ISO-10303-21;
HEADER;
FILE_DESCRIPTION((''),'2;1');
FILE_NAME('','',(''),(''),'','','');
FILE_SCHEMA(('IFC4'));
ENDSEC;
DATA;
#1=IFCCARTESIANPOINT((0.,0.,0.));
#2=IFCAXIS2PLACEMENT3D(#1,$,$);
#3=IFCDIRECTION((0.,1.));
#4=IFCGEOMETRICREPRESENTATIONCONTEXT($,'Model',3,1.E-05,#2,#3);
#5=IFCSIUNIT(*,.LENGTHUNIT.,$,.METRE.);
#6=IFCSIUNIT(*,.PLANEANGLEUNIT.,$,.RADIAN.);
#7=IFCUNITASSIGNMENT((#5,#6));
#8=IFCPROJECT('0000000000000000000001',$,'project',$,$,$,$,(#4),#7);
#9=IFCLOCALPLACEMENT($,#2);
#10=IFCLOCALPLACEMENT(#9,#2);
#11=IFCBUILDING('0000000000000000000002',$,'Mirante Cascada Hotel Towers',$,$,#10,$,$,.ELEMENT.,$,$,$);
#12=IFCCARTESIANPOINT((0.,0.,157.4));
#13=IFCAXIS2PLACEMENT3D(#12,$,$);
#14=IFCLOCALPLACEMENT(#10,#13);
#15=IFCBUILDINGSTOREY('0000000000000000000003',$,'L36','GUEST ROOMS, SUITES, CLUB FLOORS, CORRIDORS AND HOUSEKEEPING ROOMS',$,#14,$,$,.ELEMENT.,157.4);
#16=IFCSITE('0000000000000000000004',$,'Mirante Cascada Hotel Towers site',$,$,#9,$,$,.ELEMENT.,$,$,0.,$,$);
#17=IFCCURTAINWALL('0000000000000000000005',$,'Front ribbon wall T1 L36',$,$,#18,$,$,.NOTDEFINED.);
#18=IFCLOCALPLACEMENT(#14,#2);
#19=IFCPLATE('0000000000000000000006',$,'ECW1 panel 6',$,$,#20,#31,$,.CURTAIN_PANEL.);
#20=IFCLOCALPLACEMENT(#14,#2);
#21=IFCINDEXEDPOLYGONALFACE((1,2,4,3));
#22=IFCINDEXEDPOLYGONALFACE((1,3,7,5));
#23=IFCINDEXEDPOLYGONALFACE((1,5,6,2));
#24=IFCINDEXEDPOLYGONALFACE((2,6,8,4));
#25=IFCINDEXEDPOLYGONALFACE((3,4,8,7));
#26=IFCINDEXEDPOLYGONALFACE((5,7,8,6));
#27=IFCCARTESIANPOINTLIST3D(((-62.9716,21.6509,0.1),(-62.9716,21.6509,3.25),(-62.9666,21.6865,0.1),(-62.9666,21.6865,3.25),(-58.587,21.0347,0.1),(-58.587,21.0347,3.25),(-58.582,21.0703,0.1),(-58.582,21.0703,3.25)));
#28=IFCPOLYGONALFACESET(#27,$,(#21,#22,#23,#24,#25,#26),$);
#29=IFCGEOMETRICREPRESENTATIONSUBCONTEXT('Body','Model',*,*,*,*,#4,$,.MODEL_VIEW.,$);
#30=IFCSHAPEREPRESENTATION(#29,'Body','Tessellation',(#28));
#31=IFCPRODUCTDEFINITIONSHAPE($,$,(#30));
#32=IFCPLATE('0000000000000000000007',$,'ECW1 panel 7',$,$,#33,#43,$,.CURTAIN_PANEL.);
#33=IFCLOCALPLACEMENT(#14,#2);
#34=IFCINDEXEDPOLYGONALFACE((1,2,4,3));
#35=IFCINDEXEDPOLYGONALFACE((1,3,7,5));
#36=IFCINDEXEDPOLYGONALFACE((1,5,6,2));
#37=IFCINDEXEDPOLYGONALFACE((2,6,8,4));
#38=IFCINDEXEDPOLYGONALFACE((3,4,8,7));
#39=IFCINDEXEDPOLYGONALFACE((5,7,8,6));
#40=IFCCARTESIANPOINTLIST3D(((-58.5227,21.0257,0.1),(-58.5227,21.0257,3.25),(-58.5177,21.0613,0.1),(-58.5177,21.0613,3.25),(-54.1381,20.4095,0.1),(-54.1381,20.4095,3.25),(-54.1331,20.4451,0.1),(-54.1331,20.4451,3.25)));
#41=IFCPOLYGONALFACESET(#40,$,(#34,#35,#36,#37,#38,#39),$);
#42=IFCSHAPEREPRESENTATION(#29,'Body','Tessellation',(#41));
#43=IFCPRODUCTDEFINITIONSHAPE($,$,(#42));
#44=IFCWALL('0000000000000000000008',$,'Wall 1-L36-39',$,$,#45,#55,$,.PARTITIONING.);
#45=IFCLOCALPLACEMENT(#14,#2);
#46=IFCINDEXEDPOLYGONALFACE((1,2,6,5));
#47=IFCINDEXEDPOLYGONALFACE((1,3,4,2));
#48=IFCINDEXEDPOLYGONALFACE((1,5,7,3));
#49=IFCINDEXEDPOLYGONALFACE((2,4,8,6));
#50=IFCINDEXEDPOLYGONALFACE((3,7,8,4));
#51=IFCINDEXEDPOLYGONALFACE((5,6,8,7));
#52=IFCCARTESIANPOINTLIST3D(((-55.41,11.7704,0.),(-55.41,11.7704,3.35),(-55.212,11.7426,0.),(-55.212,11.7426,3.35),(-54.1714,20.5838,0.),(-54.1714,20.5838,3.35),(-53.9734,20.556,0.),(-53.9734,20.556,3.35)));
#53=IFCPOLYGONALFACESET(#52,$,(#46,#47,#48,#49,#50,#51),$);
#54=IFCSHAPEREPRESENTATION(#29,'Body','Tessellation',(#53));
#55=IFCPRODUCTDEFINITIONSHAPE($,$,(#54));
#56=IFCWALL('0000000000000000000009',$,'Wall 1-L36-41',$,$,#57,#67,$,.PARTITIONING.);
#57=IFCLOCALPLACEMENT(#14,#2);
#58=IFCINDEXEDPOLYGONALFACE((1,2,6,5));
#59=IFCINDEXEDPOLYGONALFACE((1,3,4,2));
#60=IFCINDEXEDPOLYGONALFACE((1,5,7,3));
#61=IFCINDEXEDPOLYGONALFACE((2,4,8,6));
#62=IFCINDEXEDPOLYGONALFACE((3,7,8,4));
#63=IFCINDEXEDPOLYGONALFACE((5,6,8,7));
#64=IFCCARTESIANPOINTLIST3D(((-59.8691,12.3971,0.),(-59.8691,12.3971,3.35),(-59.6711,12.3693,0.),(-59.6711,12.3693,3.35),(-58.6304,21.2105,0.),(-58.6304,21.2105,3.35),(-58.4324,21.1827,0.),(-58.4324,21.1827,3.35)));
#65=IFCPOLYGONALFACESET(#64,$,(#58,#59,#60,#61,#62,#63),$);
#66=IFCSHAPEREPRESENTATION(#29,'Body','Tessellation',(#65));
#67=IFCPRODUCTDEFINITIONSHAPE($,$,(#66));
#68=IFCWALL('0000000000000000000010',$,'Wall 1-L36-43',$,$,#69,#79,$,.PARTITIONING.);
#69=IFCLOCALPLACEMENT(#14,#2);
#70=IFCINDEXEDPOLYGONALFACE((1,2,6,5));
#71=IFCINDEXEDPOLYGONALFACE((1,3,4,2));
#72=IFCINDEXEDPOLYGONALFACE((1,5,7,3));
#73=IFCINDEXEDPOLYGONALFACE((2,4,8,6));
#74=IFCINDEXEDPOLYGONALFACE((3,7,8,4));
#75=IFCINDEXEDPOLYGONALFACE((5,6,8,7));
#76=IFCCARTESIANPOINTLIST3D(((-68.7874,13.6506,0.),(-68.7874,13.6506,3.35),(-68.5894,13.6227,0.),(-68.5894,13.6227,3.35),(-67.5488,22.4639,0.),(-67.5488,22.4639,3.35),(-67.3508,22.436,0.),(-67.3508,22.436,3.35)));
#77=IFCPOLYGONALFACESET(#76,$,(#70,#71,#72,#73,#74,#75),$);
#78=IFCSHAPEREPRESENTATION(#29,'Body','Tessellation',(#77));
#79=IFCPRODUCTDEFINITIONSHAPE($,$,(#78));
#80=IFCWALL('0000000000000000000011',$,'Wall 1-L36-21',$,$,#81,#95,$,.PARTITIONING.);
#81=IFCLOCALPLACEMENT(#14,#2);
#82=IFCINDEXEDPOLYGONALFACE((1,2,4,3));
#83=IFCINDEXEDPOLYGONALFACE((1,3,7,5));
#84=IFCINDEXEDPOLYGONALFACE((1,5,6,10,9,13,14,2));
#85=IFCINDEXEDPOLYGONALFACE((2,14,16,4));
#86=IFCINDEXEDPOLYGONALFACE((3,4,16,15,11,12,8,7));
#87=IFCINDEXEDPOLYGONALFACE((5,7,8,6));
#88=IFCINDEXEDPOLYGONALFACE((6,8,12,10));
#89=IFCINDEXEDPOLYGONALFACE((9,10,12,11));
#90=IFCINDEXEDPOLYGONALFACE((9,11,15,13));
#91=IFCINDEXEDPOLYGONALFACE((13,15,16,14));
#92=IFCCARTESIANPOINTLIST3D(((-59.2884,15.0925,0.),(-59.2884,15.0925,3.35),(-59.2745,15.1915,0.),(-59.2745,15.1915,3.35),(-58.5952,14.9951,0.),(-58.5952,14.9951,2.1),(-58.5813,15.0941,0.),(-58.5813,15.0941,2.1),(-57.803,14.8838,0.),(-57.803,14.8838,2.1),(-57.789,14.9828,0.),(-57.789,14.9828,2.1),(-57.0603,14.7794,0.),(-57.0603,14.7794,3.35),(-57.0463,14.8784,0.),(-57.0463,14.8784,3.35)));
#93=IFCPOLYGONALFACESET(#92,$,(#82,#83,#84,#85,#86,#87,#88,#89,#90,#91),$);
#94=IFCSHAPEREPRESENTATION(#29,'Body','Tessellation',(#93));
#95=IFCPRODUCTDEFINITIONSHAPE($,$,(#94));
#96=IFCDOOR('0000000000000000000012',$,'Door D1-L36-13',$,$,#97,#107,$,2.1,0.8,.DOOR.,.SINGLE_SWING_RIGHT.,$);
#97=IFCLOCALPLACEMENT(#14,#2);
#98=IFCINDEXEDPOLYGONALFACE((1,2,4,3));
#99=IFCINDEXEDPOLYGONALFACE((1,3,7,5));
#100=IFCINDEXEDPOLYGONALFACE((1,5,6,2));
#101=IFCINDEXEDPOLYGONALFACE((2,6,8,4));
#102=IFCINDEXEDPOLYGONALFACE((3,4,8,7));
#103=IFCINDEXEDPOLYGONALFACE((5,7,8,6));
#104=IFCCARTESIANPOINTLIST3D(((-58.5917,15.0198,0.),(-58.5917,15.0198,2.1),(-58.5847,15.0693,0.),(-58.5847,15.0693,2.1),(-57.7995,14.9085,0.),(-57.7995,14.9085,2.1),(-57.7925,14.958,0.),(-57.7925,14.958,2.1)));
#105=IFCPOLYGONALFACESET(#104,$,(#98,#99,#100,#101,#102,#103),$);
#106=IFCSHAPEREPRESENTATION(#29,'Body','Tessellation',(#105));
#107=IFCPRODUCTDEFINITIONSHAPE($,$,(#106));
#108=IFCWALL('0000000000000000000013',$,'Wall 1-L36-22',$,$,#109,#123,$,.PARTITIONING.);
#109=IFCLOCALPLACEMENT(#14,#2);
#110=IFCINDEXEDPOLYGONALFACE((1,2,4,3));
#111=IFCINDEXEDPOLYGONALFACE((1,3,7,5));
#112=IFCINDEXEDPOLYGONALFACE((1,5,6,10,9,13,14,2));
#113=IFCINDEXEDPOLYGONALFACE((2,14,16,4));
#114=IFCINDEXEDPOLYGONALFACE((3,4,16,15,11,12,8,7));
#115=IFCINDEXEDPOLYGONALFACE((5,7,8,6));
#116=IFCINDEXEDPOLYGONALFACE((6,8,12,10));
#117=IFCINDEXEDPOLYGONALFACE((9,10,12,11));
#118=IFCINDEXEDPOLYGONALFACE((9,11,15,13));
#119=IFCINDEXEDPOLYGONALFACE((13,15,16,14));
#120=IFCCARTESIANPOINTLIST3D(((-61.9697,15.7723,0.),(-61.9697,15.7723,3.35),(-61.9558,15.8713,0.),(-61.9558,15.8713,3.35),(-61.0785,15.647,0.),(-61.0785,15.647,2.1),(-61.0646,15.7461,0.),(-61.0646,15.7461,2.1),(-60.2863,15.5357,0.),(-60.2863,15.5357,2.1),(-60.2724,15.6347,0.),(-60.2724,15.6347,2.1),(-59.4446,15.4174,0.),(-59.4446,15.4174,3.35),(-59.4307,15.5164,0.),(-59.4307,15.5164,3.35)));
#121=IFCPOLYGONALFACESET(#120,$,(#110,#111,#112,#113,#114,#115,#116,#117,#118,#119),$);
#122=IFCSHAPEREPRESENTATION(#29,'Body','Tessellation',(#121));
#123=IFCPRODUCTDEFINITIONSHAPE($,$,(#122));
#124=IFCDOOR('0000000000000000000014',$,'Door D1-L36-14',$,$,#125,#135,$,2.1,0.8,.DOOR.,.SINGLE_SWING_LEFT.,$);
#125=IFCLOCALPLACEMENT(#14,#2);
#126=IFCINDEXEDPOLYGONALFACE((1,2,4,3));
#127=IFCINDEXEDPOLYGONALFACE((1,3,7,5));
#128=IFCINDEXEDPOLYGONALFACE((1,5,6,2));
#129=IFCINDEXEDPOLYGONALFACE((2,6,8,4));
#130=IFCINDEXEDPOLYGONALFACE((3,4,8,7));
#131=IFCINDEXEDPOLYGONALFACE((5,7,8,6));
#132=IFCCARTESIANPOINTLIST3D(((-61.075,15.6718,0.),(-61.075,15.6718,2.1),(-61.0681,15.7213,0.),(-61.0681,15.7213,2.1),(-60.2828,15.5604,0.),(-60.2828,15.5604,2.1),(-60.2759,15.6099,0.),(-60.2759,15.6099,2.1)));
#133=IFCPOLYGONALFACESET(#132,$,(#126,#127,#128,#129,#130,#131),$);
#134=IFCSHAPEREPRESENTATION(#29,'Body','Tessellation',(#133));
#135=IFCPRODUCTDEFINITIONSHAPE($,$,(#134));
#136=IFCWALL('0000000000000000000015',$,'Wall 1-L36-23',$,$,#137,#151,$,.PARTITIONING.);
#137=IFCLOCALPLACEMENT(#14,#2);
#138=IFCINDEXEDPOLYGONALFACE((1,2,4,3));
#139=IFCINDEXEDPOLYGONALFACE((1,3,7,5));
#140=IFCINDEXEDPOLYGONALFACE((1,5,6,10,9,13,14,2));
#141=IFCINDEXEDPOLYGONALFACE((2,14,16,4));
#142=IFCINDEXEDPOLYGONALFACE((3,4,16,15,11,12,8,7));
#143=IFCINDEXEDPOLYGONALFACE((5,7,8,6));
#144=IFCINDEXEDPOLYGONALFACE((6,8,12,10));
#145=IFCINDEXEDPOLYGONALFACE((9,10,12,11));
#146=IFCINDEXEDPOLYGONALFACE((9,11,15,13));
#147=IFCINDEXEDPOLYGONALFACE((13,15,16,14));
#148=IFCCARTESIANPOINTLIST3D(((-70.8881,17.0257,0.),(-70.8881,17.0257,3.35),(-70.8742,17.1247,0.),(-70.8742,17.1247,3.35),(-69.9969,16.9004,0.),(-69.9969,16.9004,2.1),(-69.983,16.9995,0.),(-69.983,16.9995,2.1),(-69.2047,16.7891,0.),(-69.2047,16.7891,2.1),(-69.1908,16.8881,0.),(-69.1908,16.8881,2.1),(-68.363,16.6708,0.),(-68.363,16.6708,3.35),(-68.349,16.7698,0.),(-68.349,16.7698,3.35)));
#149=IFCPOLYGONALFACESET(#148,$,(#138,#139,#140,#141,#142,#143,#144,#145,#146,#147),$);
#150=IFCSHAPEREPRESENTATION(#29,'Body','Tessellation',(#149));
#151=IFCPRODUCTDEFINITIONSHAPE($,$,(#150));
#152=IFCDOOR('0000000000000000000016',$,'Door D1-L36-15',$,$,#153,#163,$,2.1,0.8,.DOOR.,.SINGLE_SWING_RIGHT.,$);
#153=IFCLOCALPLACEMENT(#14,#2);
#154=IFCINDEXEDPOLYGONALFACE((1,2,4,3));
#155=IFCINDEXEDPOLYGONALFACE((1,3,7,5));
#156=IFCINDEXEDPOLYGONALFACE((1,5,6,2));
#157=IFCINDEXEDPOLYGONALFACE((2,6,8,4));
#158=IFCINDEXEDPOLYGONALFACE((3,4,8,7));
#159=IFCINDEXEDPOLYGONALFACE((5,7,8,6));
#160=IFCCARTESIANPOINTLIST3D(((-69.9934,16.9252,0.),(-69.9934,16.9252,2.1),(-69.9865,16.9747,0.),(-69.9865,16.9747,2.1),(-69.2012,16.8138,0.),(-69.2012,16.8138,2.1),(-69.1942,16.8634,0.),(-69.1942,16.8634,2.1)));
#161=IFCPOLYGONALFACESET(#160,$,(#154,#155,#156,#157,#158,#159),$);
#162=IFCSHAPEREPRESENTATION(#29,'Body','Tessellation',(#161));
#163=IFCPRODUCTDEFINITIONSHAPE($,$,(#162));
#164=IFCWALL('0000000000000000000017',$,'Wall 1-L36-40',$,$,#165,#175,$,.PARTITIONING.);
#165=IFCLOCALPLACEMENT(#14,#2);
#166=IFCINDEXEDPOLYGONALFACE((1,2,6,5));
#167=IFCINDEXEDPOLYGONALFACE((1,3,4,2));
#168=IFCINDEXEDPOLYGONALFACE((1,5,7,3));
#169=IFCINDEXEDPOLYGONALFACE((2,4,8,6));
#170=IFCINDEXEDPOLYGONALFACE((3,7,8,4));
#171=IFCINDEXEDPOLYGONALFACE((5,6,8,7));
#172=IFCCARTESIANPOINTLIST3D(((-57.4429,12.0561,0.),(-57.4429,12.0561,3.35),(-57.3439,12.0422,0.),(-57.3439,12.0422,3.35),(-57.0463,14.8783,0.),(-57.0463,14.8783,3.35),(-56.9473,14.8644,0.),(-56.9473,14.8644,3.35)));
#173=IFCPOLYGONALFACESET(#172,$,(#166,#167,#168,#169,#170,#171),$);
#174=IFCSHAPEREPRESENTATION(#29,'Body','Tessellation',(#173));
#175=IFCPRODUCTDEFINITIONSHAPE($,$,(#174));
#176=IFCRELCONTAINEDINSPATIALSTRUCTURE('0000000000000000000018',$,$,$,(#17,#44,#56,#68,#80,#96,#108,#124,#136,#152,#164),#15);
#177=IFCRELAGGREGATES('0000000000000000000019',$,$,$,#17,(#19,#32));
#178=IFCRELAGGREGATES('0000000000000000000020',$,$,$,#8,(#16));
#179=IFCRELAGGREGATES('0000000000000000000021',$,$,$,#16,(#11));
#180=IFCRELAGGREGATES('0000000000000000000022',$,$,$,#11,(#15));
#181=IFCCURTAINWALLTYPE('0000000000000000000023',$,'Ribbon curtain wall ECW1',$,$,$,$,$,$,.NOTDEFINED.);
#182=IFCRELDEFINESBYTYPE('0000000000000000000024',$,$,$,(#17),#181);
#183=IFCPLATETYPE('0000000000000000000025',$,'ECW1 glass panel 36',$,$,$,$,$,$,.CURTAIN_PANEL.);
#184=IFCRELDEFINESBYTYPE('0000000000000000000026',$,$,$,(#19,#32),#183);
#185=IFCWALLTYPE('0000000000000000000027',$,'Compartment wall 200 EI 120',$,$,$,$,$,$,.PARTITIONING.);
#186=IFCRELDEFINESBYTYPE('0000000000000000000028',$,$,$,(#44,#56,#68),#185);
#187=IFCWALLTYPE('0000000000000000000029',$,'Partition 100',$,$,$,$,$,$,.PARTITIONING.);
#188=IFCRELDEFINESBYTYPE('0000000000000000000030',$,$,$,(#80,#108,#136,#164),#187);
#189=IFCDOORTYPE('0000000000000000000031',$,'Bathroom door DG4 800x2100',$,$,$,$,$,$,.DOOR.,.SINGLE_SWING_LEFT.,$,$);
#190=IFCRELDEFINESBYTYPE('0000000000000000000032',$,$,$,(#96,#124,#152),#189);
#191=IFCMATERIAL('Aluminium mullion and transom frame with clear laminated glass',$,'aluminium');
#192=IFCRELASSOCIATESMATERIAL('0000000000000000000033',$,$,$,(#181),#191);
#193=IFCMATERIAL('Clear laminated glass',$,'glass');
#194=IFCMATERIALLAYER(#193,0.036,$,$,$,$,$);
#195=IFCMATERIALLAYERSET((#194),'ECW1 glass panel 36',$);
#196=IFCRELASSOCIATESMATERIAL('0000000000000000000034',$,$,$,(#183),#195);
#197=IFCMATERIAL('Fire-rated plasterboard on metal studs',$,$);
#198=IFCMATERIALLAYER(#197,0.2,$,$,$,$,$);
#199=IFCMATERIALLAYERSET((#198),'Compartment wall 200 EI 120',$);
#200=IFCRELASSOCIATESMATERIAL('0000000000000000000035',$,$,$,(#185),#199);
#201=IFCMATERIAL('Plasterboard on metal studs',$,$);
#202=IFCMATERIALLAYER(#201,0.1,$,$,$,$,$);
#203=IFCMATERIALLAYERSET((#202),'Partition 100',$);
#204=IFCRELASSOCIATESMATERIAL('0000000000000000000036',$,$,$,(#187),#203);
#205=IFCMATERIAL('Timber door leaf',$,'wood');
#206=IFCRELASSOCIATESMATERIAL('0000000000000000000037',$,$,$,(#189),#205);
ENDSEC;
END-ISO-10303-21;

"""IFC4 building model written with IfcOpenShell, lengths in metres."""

from ifc_helpers import new_model, si_unit, direction, frame, frame_2d, origin, origin_2d, place, context, subcontext, project, spatial, rectangle, extrude, material, layer, layer_set, type_object, element, fill, aggregate, save


model = new_model("IFC4")

# Units and contexts
model_context = context("Model", 3, precision=1e-05, world=origin(), true_north=direction((0.0, 1.0)))
body_context = subcontext(model_context, "Body", "Model", "MODEL_VIEW")
ifc_project = project(units=[si_unit("LENGTHUNIT", "METRE"), si_unit("PLANEANGLEUNIT", "RADIAN")], contexts=[model_context])

# Site, building, storey
site_placement = place(None, origin())
site = spatial("IfcSite", under=ifc_project, at=site_placement, Name="Mirante Cascada Hotel Towers site", CompositionType="ELEMENT", RefElevation=0.0)
building_placement = place(site_placement, origin())
building = spatial("IfcBuilding", under=site, at=building_placement, Name="Mirante Cascada Hotel Towers", CompositionType="ELEMENT")
storey_placement = place(building_placement, frame((0.0, 0.0, 157.4)))
storey = spatial("IfcBuildingStorey", under=building, at=storey_placement, Name="L36", Description="GUEST ROOMS, SUITES, CLUB FLOORS, CORRIDORS AND HOUSEKEEPING ROOMS", CompositionType="ELEMENT", Elevation=157.4)

# Curtain wall, plates
ifc_material_1 = material(Name="Aluminium mullion and transom frame with clear laminated glass", Category="aluminium")
curtain_wall_type = type_object("IfcCurtainWallType", Name="Ribbon curtain wall ECW1", PredefinedType="NOTDEFINED", material=ifc_material_1)
curtain_wall_placement = place(storey_placement, origin())
curtain_wall = element("IfcCurtainWall", 1, at=curtain_wall_placement, inside=storey, type_object=curtain_wall_type, Name="Front ribbon wall T1 L36", PredefinedType="NOTDEFINED")
ifc_material_2 = material(Name="Clear laminated glass", Category="glass")
ifc_layer_1 = layer(ifc_material_2, 0.036)
ifc_layer_set_1 = layer_set([ifc_layer_1], Name="ECW1 glass panel 36")
plate_type = type_object("IfcPlateType", Name="ECW1 glass panel 36", PredefinedType="CURTAIN_PANEL", material=ifc_layer_set_1)
plate_1_placement = place(storey_placement, frame((-60.7768, 21.3606, 0.1), z_axis=(0.0, 0.0, 1.0), x_axis=(0.990268, -0.139173, 0.0)))
plate_1 = element("IfcPlate", 2, at=plate_1_placement, type_object=plate_type, Name="ECW1 panel 6", PredefinedType="CURTAIN_PANEL", context=body_context, shape_type="SweptSolid", body=[
    extrude(rectangle(XDim=4.4276, YDim=0.036, at=origin_2d()), origin(), (0.0, 0.0, 1.0), 3.15),
])
plate_2_placement = place(storey_placement, frame((-56.3279, 20.7354, 0.1), z_axis=(0.0, 0.0, 1.0), x_axis=(0.990268, -0.139173, 0.0)))
plate_2 = element("IfcPlate", 3, at=plate_2_placement, type_object=plate_type, Name="ECW1 panel 7", PredefinedType="CURTAIN_PANEL", context=body_context, shape_type="SweptSolid", body=[
    extrude(rectangle(XDim=4.4276, YDim=0.036, at=origin_2d()), origin(), (0.0, 0.0, 1.0), 3.15),
])
aggregate(curtain_wall, [plate_1, plate_2])

# Walls
ifc_material_3 = material(Name="Fire-rated plasterboard on metal studs")
ifc_layer_2 = layer(ifc_material_3, 0.2)
ifc_layer_set_2 = layer_set([ifc_layer_2], Name="Compartment wall 200 EI 120")
wall_type_1 = type_object("IfcWallType", Name="Compartment wall 200 EI 120", PredefinedType="PARTITIONING", material=ifc_layer_set_2)
for number, where, z_axis, x_axis, name in (
    (4, (-55.311, 11.7565, 0.0), (0.0, 0.0, 1.0), (0.139168, 0.990269, 0.0), "Wall 1-L36-39"),
    (5, (-59.7701, 12.3832, 0.0), (0.0, 0.0, 1.0), (0.139179, 0.990267, 0.0), "Wall 1-L36-41"),
):
    element("IfcWall", number, at=place(storey_placement, frame(where, z_axis=z_axis, x_axis=x_axis)), inside=storey, type_object=wall_type_1, Name=name, PredefinedType="PARTITIONING", context=body_context, shape_type="SweptSolid", body=[
        extrude(rectangle(XDim=8.9, YDim=0.2, at=frame_2d((4.45, 0.0))), origin(), (0.0, 0.0, 1.0), 3.35),
    ])
wall_1_placement = place(storey_placement, frame((-68.6884, 13.6366, 0.0), z_axis=(0.0, 0.0, 1.0), x_axis=(0.13917, 0.990268, 0.0)))
element("IfcWall", 6, at=wall_1_placement, inside=storey, type_object=wall_type_1, Name="Wall 1-L36-43", PredefinedType="PARTITIONING", context=body_context, shape_type="SweptSolid", body=[
    extrude(rectangle(XDim=8.8999, YDim=0.2, at=frame_2d((4.45, 0.0))), origin(), (0.0, 0.0, 1.0), 3.35),
])

# Walls, openings, doors
ifc_material_4 = material(Name="Plasterboard on metal studs")
ifc_layer_3 = layer(ifc_material_4, 0.1)
ifc_layer_set_3 = layer_set([ifc_layer_3], Name="Partition 100")
wall_type_2 = type_object("IfcWallType", Name="Partition 100", PredefinedType="PARTITIONING", material=ifc_layer_set_3)
wall_2_placement = place(storey_placement, frame((-57.0533, 14.8289, 0.0), z_axis=(0.0, 0.0, 1.0), x_axis=(-0.990271, 0.139156, 0.0)))
wall_2 = element("IfcWall", 7, at=wall_2_placement, inside=storey, type_object=wall_type_2, Name="Wall 1-L36-21", PredefinedType="PARTITIONING", context=body_context, shape_type="SweptSolid", body=[
    extrude(rectangle(XDim=2.25, YDim=0.1, at=frame_2d((1.125, 0.0))), origin(), (0.0, 0.0, 1.0), 3.35),
])
opening_1_placement = place(wall_2_placement, frame((0.75, 0.0, 0.0)))
opening_1 = element("IfcOpeningElement", 8, at=opening_1_placement, cuts=wall_2, PredefinedType="OPENING", context=body_context, shape_type="SweptSolid", body=[
    extrude(rectangle(XDim=0.8, YDim=2.1, at=frame_2d((0.4, 1.05))), frame((0.0, 0.05, 0.0), z_axis=(0.0, -1.0, 0.0), x_axis=(1.0, 0.0, 0.0)), (0.0, 0.0, 1.0), 0.1),
])
ifc_material_5 = material(Name="Timber door leaf", Category="wood")
door_type = type_object("IfcDoorType", Name="Bathroom door DG4 800x2100", OperationType="SINGLE_SWING_LEFT", PredefinedType="DOOR", material=ifc_material_5)
door_1_placement = place(opening_1_placement, frame((0.8, 0.0, 0.0), z_axis=(0.0, 0.0, 1.0), x_axis=(-1.0, 0.0, 0.0)))
door_1 = element("IfcDoor", 9, at=door_1_placement, inside=storey, type_object=door_type, Name="Door D1-L36-13", OperationType="SINGLE_SWING_RIGHT", OverallHeight=2.1, OverallWidth=0.8, PredefinedType="DOOR", context=body_context, shape_type="SweptSolid", body=[
    extrude(rectangle(XDim=0.8, YDim=2.1, at=frame_2d((0.4, 1.05))), frame((0.0, 0.025, 0.0), z_axis=(0.0, -1.0, 0.0), x_axis=(1.0, 0.0, 0.0)), (0.0, 0.0, 1.0), 0.05),
])
fill(opening_1, door_1)
wall_3_placement = place(storey_placement, frame((-61.9628, 15.8218, 0.0), z_axis=(0.0, 0.0, 1.0), x_axis=(0.990267, -0.139181, 0.0)))
wall_3 = element("IfcWall", 10, at=wall_3_placement, inside=storey, type_object=wall_type_2, Name="Wall 1-L36-22", PredefinedType="PARTITIONING", context=body_context, shape_type="SweptSolid", body=[
    extrude(rectangle(XDim=2.5499, YDim=0.1, at=frame_2d((1.275, 0.0))), origin(), (0.0, 0.0, 1.0), 3.35),
])
opening_2_placement = place(wall_3_placement, frame((0.9, 0.0, 0.0)))
opening_2 = element("IfcOpeningElement", 11, at=opening_2_placement, cuts=wall_3, PredefinedType="OPENING", context=body_context, shape_type="SweptSolid", body=[
    extrude(rectangle(XDim=0.8, YDim=2.1, at=frame_2d((0.4, 1.05))), frame((0.0, 0.05, 0.0), z_axis=(0.0, -1.0, 0.0), x_axis=(1.0, 0.0, 0.0)), (0.0, 0.0, 1.0), 0.1),
])
door_2_placement = place(opening_2_placement, origin())
door_2 = element("IfcDoor", 12, at=door_2_placement, inside=storey, type_object=door_type, Name="Door D1-L36-14", OperationType="SINGLE_SWING_LEFT", OverallHeight=2.1, OverallWidth=0.8, PredefinedType="DOOR", context=body_context, shape_type="SweptSolid", body=[
    extrude(rectangle(XDim=0.8, YDim=2.1, at=frame_2d((0.4, 1.05))), frame((0.0, 0.025, 0.0), z_axis=(0.0, -1.0, 0.0), x_axis=(1.0, 0.0, 0.0)), (0.0, 0.0, 1.0), 0.05),
])
fill(opening_2, door_2)
wall_4_placement = place(storey_placement, frame((-68.356, 16.7203, 0.0), z_axis=(0.0, 0.0, 1.0), x_axis=(-0.990268, 0.139176, 0.0)))
wall_4 = element("IfcWall", 13, at=wall_4_placement, inside=storey, type_object=wall_type_2, Name="Wall 1-L36-23", PredefinedType="PARTITIONING", context=body_context, shape_type="SweptSolid", body=[
    extrude(rectangle(XDim=2.55, YDim=0.1, at=frame_2d((1.275, 0.0))), origin(), (0.0, 0.0, 1.0), 3.35),
])
opening_3_placement = place(wall_4_placement, frame((0.85, 0.0, 0.0)))
opening_3 = element("IfcOpeningElement", 14, at=opening_3_placement, cuts=wall_4, PredefinedType="OPENING", context=body_context, shape_type="SweptSolid", body=[
    extrude(rectangle(XDim=0.8, YDim=2.1, at=frame_2d((0.4, 1.05))), frame((0.0, 0.05, 0.0), z_axis=(0.0, -1.0, 0.0), x_axis=(1.0, 0.0, 0.0)), (0.0, 0.0, 1.0), 0.1),
])
door_3_placement = place(opening_3_placement, frame((0.8, 0.0, 0.0), z_axis=(0.0, 0.0, 1.0), x_axis=(-1.0, 0.0, 0.0)))
door_3 = element("IfcDoor", 15, at=door_3_placement, inside=storey, type_object=door_type, Name="Door D1-L36-15", OperationType="SINGLE_SWING_RIGHT", OverallHeight=2.1, OverallWidth=0.8, PredefinedType="DOOR", context=body_context, shape_type="SweptSolid", body=[
    extrude(rectangle(XDim=0.8, YDim=2.1, at=frame_2d((0.4, 1.05))), frame((0.0, 0.025, 0.0), z_axis=(0.0, -1.0, 0.0), x_axis=(1.0, 0.0, 0.0)), (0.0, 0.0, 1.0), 0.05),
])
fill(opening_3, door_3)

# Wall
wall_5_placement = place(storey_placement, frame((-56.9968, 14.8714, 0.0), z_axis=(0.0, 0.0, 1.0), x_axis=(-0.139161, -0.99027, 0.0)))
element("IfcWall", 16, at=wall_5_placement, inside=storey, type_object=wall_type_2, Name="Wall 1-L36-40", PredefinedType="PARTITIONING", context=body_context, shape_type="SweptSolid", body=[
    extrude(rectangle(XDim=2.8499, YDim=0.1, at=frame_2d((1.425, 0.0))), origin(), (0.0, 0.0, 1.0), 3.35),
])

save(model, "model.ifc")
